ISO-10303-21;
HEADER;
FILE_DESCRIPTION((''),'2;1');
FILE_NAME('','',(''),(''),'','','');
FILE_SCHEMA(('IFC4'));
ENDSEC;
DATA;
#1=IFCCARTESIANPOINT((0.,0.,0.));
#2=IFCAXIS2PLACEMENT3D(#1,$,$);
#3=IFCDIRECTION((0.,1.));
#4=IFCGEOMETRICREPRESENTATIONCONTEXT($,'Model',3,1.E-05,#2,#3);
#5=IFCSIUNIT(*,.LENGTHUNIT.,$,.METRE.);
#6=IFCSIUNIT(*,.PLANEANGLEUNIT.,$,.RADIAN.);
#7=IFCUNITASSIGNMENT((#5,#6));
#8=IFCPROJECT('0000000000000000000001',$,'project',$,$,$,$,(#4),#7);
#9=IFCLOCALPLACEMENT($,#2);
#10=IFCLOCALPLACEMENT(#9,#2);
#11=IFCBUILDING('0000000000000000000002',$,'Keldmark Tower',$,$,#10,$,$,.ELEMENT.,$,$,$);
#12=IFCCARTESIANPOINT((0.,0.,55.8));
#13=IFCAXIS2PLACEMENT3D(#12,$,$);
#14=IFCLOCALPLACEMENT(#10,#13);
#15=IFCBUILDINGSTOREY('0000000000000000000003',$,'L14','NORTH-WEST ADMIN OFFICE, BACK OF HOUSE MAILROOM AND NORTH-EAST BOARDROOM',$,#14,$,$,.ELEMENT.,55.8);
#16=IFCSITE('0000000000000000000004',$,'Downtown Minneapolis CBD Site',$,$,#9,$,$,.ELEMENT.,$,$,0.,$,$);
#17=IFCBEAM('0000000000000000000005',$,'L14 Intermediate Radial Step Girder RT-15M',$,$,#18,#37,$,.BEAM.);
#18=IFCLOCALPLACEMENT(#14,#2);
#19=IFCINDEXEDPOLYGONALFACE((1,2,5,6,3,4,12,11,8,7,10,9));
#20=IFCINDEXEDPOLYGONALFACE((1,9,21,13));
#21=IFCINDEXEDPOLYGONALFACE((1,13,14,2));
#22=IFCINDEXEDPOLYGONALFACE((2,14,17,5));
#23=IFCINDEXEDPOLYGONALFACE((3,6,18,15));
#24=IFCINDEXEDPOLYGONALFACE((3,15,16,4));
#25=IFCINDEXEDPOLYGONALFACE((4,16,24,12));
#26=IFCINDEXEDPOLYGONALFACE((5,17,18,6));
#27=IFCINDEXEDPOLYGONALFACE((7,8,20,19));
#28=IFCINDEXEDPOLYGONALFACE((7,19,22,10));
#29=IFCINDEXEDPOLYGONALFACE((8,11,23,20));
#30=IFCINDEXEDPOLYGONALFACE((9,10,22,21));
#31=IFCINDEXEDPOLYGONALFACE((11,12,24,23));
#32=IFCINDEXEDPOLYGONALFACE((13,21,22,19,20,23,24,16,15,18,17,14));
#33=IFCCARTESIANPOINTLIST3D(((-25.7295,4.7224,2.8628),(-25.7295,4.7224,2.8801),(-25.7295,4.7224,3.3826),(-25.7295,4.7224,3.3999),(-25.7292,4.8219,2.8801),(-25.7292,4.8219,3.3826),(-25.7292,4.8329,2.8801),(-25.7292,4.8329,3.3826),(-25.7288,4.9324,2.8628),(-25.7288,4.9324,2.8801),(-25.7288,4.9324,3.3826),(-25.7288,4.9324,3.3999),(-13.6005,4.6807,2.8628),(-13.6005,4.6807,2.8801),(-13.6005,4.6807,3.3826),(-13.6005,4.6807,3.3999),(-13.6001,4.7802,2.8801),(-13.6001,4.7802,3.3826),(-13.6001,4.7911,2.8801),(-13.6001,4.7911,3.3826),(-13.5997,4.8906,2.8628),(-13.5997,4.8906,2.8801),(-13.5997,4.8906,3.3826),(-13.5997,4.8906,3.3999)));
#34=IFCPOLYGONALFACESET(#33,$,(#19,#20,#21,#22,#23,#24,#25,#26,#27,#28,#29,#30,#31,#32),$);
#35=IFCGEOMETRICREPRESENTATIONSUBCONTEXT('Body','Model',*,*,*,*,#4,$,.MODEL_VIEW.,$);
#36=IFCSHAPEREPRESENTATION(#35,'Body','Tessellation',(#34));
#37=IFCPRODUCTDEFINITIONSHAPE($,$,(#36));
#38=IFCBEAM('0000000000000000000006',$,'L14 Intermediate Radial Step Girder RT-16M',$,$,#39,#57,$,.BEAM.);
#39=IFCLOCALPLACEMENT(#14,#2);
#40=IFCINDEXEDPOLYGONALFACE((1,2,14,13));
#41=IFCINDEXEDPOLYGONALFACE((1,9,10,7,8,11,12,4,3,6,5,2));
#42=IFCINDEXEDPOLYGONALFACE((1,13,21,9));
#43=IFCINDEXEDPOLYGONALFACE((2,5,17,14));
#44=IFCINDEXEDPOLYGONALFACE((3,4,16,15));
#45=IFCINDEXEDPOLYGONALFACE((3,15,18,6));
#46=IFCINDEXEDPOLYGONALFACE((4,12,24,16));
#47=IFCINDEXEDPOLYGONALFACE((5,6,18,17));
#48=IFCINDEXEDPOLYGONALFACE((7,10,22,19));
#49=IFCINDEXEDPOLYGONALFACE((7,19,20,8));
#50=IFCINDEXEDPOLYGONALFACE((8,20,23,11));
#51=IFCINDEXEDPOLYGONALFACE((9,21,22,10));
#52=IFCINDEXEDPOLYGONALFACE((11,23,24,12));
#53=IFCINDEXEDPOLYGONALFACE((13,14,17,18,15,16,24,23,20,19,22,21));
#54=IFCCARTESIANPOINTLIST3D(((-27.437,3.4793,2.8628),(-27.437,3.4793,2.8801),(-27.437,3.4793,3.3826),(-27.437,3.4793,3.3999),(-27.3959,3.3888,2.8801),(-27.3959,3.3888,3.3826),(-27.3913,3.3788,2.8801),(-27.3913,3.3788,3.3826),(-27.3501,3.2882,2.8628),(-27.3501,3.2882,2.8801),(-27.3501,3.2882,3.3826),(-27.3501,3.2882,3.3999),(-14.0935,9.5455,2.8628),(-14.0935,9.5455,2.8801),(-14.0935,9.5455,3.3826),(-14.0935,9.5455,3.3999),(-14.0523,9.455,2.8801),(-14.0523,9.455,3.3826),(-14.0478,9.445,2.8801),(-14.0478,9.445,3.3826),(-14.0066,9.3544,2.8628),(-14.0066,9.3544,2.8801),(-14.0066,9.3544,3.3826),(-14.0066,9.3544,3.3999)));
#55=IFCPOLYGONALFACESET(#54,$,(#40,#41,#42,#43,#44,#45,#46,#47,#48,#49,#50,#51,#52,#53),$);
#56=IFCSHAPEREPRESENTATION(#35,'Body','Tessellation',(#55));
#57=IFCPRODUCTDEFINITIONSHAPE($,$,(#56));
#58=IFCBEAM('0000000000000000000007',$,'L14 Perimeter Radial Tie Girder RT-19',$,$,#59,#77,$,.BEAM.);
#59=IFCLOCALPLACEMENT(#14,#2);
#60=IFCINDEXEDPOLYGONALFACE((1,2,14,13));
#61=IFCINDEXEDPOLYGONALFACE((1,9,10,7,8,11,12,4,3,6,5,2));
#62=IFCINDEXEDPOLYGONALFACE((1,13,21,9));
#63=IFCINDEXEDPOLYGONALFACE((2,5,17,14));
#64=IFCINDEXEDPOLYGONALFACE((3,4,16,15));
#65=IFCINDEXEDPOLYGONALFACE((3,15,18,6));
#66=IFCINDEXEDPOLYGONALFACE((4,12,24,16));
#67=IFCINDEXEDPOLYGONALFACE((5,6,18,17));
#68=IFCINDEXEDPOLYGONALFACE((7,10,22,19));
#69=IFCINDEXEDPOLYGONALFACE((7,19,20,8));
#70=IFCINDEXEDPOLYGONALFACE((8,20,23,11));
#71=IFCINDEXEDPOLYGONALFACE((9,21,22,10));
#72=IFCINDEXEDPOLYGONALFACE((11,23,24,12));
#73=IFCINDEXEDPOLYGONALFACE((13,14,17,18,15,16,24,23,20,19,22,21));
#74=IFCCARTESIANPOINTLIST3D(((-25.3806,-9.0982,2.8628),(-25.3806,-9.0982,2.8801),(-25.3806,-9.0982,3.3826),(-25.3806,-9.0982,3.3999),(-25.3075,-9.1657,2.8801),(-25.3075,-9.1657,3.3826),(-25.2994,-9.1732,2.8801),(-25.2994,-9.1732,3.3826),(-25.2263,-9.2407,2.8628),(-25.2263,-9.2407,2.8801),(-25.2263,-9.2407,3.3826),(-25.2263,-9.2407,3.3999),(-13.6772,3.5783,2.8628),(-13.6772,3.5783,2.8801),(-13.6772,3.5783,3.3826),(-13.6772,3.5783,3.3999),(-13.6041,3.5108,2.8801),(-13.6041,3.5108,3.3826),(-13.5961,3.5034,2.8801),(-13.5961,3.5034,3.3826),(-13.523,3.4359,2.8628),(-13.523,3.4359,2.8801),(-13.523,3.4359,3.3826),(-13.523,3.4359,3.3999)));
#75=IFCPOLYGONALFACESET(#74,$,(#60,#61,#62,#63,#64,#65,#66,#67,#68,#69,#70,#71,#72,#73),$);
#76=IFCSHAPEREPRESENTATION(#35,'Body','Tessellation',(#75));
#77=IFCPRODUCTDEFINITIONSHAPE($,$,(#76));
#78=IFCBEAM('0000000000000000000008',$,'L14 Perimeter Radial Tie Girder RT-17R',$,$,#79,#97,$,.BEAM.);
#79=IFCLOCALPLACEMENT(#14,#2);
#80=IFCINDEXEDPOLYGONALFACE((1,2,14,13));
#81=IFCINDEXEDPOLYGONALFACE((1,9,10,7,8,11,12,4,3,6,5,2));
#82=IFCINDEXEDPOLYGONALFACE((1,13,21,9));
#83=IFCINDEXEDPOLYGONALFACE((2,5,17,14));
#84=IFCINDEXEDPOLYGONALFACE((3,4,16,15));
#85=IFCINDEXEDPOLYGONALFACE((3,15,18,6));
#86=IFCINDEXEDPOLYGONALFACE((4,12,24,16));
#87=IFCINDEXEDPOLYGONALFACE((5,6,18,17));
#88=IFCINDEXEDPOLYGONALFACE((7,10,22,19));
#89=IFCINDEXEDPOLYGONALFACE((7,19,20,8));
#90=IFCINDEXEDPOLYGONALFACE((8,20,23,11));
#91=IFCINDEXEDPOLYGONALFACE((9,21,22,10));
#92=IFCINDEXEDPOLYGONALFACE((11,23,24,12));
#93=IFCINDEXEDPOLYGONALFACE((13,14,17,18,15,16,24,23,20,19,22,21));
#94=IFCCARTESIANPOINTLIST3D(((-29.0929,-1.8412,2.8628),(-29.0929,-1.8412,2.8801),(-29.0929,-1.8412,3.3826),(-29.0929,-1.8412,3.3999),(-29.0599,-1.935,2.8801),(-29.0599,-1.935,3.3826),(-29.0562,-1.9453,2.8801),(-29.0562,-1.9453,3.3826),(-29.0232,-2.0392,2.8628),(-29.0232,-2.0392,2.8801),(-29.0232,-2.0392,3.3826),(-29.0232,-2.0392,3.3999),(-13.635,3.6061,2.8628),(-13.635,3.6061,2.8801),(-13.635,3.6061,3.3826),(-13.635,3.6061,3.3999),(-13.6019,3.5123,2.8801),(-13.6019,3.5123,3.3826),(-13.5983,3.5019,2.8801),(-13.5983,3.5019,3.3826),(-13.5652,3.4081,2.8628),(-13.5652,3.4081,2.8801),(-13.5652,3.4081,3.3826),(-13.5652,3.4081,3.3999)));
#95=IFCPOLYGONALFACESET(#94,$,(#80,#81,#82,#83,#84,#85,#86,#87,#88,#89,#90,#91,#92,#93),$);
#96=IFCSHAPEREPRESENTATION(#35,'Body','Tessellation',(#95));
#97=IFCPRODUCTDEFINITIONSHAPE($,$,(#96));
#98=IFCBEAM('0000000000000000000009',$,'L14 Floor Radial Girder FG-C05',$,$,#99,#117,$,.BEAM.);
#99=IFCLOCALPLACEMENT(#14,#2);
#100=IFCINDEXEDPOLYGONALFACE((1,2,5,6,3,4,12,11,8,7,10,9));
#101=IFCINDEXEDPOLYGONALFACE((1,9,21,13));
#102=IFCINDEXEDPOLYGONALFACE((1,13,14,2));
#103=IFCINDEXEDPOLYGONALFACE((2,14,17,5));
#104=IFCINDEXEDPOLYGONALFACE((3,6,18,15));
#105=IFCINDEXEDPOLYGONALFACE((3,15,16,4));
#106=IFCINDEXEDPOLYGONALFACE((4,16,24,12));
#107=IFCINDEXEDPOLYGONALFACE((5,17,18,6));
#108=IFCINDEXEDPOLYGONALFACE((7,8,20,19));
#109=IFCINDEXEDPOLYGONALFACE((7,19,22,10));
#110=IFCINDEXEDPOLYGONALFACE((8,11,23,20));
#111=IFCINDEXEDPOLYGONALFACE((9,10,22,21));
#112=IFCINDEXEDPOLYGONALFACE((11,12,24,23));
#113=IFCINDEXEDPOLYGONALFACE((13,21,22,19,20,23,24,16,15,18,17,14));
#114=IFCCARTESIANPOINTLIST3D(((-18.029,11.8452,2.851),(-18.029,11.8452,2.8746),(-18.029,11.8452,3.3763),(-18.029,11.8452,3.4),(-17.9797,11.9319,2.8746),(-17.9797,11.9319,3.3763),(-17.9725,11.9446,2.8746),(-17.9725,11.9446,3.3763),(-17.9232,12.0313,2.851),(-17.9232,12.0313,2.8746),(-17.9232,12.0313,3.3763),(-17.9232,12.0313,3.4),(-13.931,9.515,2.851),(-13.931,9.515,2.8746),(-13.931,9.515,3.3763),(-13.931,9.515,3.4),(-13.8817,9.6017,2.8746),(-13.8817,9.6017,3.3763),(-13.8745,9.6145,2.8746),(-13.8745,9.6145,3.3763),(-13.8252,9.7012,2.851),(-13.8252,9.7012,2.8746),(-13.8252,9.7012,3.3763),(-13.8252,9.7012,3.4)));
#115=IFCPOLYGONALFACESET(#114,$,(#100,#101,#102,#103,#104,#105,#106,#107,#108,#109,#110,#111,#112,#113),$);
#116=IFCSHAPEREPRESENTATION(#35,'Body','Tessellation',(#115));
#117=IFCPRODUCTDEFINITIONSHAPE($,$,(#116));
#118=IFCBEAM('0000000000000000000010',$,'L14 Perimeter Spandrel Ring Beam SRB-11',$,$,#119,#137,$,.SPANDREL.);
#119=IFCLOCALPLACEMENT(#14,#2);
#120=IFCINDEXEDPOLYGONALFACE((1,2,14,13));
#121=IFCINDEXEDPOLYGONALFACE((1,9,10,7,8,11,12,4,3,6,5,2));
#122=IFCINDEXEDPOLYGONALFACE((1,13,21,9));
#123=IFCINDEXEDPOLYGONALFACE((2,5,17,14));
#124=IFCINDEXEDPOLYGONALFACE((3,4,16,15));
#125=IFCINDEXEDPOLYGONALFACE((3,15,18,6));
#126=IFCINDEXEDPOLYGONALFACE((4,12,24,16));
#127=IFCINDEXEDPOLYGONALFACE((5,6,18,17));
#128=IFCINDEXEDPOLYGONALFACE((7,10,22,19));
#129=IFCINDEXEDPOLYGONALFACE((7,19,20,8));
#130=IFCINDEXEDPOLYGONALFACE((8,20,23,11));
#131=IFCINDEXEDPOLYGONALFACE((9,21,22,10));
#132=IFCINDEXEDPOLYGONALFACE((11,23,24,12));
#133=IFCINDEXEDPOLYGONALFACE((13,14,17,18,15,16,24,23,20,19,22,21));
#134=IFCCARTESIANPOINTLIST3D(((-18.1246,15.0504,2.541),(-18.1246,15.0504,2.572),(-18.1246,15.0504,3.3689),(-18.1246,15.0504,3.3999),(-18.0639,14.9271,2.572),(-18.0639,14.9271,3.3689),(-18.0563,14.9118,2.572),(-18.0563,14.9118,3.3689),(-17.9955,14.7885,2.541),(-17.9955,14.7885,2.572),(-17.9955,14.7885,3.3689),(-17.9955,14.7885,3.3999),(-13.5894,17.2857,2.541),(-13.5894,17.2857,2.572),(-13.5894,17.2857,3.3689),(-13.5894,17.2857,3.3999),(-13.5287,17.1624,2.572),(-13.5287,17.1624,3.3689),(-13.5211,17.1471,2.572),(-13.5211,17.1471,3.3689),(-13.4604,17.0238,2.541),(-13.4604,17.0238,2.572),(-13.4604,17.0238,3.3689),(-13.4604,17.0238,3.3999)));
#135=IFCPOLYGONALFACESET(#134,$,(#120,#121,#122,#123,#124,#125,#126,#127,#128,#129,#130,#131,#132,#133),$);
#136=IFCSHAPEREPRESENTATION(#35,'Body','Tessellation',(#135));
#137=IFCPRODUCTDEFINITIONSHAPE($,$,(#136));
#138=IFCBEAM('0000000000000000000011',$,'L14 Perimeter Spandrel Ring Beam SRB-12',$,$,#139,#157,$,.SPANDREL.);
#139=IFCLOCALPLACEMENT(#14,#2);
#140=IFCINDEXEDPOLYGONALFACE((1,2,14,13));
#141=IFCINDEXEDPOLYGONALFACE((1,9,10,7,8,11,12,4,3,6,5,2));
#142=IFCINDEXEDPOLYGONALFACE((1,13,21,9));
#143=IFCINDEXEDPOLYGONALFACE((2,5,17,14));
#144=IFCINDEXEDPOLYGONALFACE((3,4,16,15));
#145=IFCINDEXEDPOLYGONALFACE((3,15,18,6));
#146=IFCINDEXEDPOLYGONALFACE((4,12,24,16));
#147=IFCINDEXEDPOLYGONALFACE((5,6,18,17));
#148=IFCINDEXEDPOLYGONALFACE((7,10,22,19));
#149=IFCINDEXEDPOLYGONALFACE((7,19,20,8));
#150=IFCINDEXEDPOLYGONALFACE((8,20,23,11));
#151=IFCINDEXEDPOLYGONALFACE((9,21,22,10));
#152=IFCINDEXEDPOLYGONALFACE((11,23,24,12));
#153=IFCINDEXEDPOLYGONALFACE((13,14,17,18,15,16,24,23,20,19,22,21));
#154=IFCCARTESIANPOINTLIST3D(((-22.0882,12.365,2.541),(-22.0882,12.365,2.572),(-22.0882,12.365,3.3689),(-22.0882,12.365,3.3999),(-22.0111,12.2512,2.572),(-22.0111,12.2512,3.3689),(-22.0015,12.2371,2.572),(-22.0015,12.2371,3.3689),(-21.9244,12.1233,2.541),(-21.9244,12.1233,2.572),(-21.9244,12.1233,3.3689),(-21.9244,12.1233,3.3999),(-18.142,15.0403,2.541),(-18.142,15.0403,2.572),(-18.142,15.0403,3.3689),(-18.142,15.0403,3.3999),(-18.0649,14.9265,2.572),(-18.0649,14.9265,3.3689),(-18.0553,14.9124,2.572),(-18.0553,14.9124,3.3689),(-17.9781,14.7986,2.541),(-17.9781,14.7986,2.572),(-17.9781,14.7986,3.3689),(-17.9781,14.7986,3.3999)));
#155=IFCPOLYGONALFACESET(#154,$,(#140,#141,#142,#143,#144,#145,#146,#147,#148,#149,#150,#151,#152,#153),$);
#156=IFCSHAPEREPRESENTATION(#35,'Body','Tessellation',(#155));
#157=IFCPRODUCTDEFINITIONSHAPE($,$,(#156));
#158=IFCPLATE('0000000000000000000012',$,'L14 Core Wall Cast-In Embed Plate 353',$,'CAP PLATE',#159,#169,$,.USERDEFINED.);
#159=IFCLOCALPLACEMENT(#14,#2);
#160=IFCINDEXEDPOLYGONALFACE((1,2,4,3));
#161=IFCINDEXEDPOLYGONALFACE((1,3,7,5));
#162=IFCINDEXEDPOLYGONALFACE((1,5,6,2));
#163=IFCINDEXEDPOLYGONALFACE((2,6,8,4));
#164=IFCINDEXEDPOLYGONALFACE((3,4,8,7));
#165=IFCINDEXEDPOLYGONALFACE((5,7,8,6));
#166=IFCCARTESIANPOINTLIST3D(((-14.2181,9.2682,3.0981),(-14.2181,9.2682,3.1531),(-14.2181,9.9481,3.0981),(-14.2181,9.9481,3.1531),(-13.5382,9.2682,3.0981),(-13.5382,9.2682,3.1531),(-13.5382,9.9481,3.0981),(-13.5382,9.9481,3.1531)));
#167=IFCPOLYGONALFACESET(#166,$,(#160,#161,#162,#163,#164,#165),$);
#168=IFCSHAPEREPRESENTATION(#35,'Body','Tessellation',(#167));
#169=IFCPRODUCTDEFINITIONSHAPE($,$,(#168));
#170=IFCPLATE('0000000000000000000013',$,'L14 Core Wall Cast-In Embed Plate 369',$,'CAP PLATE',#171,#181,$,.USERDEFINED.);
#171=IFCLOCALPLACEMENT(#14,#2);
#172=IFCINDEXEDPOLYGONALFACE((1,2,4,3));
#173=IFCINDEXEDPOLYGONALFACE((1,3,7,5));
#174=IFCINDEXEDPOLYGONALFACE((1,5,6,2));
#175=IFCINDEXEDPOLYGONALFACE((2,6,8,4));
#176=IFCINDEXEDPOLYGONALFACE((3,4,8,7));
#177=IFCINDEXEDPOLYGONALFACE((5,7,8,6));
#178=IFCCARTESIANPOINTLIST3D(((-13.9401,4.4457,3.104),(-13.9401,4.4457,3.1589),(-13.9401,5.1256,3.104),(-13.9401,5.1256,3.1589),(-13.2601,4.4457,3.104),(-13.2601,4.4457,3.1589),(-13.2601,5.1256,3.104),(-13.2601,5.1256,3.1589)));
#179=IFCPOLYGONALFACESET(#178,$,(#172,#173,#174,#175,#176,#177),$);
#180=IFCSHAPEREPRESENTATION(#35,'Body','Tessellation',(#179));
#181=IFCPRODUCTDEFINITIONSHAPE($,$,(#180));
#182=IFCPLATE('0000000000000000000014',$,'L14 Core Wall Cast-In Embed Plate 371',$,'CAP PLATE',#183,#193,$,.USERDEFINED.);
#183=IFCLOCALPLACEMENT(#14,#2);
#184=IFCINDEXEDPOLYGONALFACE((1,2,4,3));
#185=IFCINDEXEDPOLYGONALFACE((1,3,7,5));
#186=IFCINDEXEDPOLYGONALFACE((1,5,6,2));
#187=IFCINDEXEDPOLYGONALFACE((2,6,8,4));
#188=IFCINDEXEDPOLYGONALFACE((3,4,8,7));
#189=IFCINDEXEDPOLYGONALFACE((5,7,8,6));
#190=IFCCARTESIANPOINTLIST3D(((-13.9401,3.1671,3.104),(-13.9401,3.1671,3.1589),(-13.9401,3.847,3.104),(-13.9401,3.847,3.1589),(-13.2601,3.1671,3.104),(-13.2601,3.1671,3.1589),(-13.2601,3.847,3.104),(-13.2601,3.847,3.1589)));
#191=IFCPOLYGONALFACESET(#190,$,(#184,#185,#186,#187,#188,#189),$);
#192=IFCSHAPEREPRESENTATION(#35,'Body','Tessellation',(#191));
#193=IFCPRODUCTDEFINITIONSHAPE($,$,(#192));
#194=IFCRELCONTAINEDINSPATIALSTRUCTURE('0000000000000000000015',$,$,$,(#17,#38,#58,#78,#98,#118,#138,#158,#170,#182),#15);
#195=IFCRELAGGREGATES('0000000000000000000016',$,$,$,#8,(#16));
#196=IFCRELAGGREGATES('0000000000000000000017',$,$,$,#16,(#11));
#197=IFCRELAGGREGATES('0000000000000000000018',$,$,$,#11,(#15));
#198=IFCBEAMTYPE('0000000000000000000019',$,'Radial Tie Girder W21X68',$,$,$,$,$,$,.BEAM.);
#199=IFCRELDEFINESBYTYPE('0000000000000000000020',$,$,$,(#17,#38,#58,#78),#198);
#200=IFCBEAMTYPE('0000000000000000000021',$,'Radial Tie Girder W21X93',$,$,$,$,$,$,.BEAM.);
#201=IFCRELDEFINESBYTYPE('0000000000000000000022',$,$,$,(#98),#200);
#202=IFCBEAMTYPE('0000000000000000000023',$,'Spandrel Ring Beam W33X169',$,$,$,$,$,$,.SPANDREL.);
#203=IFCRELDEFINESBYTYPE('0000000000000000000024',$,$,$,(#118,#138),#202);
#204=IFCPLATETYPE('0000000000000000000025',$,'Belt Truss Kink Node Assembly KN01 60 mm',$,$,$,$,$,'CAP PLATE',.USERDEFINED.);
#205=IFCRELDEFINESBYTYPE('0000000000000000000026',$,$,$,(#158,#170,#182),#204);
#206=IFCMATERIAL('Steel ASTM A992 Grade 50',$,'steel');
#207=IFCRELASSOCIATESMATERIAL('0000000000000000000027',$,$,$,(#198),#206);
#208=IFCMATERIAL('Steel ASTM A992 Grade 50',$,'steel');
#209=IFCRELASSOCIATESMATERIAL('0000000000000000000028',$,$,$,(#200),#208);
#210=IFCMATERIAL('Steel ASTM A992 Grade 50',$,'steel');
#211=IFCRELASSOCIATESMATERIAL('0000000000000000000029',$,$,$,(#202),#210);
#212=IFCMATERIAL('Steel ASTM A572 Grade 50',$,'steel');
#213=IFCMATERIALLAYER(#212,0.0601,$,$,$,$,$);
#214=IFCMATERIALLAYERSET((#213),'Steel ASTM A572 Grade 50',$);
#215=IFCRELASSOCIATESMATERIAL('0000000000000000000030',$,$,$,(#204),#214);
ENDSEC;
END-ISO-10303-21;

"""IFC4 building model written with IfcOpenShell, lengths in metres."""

from ifc_helpers import new_model, si_unit, direction, frame, origin, origin_2d, place, context, subcontext, project, spatial, rectangle, i_section, extrude, material, layer, layer_set, material_profile, profile_set, type_object, element, save


model = new_model("IFC4")

# Units and contexts
model_context = context("Model", 3, precision=1e-05, world=origin(), true_north=direction((0.0, 1.0)))
body_context = subcontext(model_context, "Body", "Model", "MODEL_VIEW")
ifc_project = project(units=[si_unit("LENGTHUNIT", "METRE"), si_unit("PLANEANGLEUNIT", "RADIAN")], contexts=[model_context])

# Site, building, storey
site_placement = place(None, origin())
site = spatial("IfcSite", under=ifc_project, at=site_placement, Name="Downtown Minneapolis CBD Site", CompositionType="ELEMENT", RefElevation=0.0)
building_placement = place(site_placement, origin())
building = spatial("IfcBuilding", under=site, at=building_placement, Name="Keldmark Tower", CompositionType="ELEMENT")
storey_placement = place(building_placement, frame((0.0, 0.0, 55.8)))
storey = spatial("IfcBuildingStorey", under=building, at=storey_placement, Name="L14", Description="NORTH-WEST ADMIN OFFICE, BACK OF HOUSE MAILROOM AND NORTH-EAST BOARDROOM", CompositionType="ELEMENT", Elevation=55.8)

# Beams
ifc_material_1 = material(Name="Steel ASTM A992 Grade 50", Category="steel")
ifc_material_profile_1 = material_profile(ifc_material_1, i_section(OverallWidth=0.21, OverallDepth=0.5371, WebThickness=0.011, FlangeThickness=0.0173, at=origin_2d()), Name="W21X68")
ifc_profile_set_1 = profile_set([ifc_material_profile_1], Name="Steel ASTM A992 Grade 50")
beam_type_1 = type_object("IfcBeamType", Name="Radial Tie Girder W21X68", PredefinedType="BEAM", material=ifc_profile_set_1)
beam_1_placement = place(storey_placement, frame((-13.6001, 4.7856, 3.1313), z_axis=(-0.999994, 0.003442, 0.0), x_axis=(-0.003442, -0.999994, 0.0)))
element("IfcBeam", 1, at=beam_1_placement, inside=storey, type_object=beam_type_1, Name="L14 Intermediate Radial Step Girder RT-15M", PredefinedType="BEAM", context=body_context, shape_type="SweptSolid", body=[
    extrude(i_section(OverallWidth=0.21, OverallDepth=0.5371, WebThickness=0.011, FlangeThickness=0.0173, at=origin_2d()), origin(), (0.0, 0.0, 1.0), 12.1292),
])
beam_2_placement = place(storey_placement, frame((-14.05, 9.45, 3.1313), z_axis=(-0.910343, -0.413856, 0.0), x_axis=(0.413856, -0.910343, 0.0)))
element("IfcBeam", 2, at=beam_2_placement, inside=storey, type_object=beam_type_1, Name="L14 Intermediate Radial Step Girder RT-16M", PredefinedType="BEAM", context=body_context, shape_type="SweptSolid", body=[
    extrude(i_section(OverallWidth=0.21, OverallDepth=0.5371, WebThickness=0.011, FlangeThickness=0.0173, at=origin_2d()), origin(), (0.0, 0.0, 1.0), 14.6577),
])
beam_3_placement = place(storey_placement, frame((-13.6001, 3.5071, 3.1313), z_axis=(-0.678342, -0.734746, 0.0), x_axis=(0.734746, -0.678342, 0.0)))
element("IfcBeam", 3, at=beam_3_placement, inside=storey, type_object=beam_type_1, Name="L14 Perimeter Radial Tie Girder RT-19", PredefinedType="BEAM", context=body_context, shape_type="SweptSolid", body=[
    extrude(i_section(OverallWidth=0.21, OverallDepth=0.5371, WebThickness=0.011, FlangeThickness=0.0173, at=origin_2d()), origin(), (0.0, 0.0, 1.0), 17.2529),
])
beam_4_placement = place(storey_placement, frame((-13.6001, 3.5071, 3.1313), z_axis=(-0.943153, -0.332359, 0.0), x_axis=(0.332359, -0.943153, 0.0)))
element("IfcBeam", 4, at=beam_4_placement, inside=storey, type_object=beam_type_1, Name="L14 Perimeter Radial Tie Girder RT-17R", PredefinedType="BEAM", context=body_context, shape_type="SweptSolid", body=[
    extrude(i_section(OverallWidth=0.21, OverallDepth=0.5371, WebThickness=0.011, FlangeThickness=0.0173, at=origin_2d()), origin(), (0.0, 0.0, 1.0), 16.3896),
])
ifc_material_2 = material(Name="Steel ASTM A992 Grade 50", Category="steel")
ifc_material_profile_2 = material_profile(ifc_material_2, i_section(OverallWidth=0.2141, OverallDepth=0.5491, WebThickness=0.0146, FlangeThickness=0.0237, at=origin_2d()), Name="W21X93")
ifc_profile_set_2 = profile_set([ifc_material_profile_2], Name="Steel ASTM A992 Grade 50")
beam_type_2 = type_object("IfcBeamType", Name="Radial Tie Girder W21X93", PredefinedType="BEAM", material=ifc_profile_set_2)
beam_5_placement = place(storey_placement, frame((-17.9761, 11.9382, 3.1255), z_axis=(0.869299, -0.494286, 0.0), x_axis=(0.494286, 0.869299, 0.0)))
element("IfcBeam", 5, at=beam_5_placement, inside=storey, type_object=beam_type_2, Name="L14 Floor Radial Girder FG-C05", PredefinedType="BEAM", context=body_context, shape_type="SweptSolid", body=[
    extrude(i_section(OverallWidth=0.2141, OverallDepth=0.5491, WebThickness=0.0146, FlangeThickness=0.0237, at=origin_2d()), origin(), (0.0, 0.0, 1.0), 4.7141),
])
ifc_material_3 = material(Name="Steel ASTM A992 Grade 50", Category="steel")
ifc_material_profile_3 = material_profile(ifc_material_3, i_section(OverallWidth=0.292, OverallDepth=0.8589, WebThickness=0.0171, FlangeThickness=0.031, at=origin_2d()), Name="W33X169")
ifc_profile_set_3 = profile_set([ifc_material_profile_3], Name="Steel ASTM A992 Grade 50")
beam_type_3 = type_object("IfcBeamType", Name="Spandrel Ring Beam W33X169", PredefinedType="SPANDREL", material=ifc_profile_set_3)
beam_6_placement = place(storey_placement, frame((-13.5249, 17.1548, 2.9705), z_axis=(-0.896962, -0.442107, 0.0), x_axis=(0.442107, -0.896962, 0.0)))
element("IfcBeam", 6, at=beam_6_placement, inside=storey, type_object=beam_type_3, Name="L14 Perimeter Spandrel Ring Beam SRB-11", PredefinedType="SPANDREL", context=body_context, shape_type="SweptSolid", body=[
    extrude(i_section(OverallWidth=0.292, OverallDepth=0.8589, WebThickness=0.0171, FlangeThickness=0.031, at=origin_2d()), origin(), (0.0, 0.0, 1.0), 5.0562),
])
beam_7_placement = place(storey_placement, frame((-18.0601, 14.9194, 2.9705), z_axis=(-0.827724, -0.561136, 0.0), x_axis=(0.561136, -0.827724, 0.0)))
element("IfcBeam", 7, at=beam_7_placement, inside=storey, type_object=beam_type_3, Name="L14 Perimeter Spandrel Ring Beam SRB-12", PredefinedType="SPANDREL", context=body_context, shape_type="SweptSolid", body=[
    extrude(i_section(OverallWidth=0.292, OverallDepth=0.8589, WebThickness=0.0171, FlangeThickness=0.031, at=origin_2d()), origin(), (0.0, 0.0, 1.0), 4.7676),
])

# Plates
ifc_material_4 = material(Name="Steel ASTM A572 Grade 50", Category="steel")
ifc_layer_1 = layer(ifc_material_4, 0.0601)
ifc_layer_set_1 = layer_set([ifc_layer_1], Name="Steel ASTM A572 Grade 50")
plate_type_1 = type_object("IfcPlateType", Name="Belt Truss Kink Node Assembly KN01 60 mm", ElementType="CAP PLATE", PredefinedType="USERDEFINED", material=ifc_layer_set_1)
for number, where, z_axis, x_axis, name in (
    (8, (-13.8782, 9.6082, 3.0981), (0.0, 0.0, 1.0), (1.0, 0.0, 0.0), "L14 Core Wall Cast-In Embed Plate 353"),
    (9, (-13.6001, 4.7856, 3.104), (0.0, 0.0, 1.0), (1.0, 0.0, 0.0), "L14 Core Wall Cast-In Embed Plate 369"),
    (10, (-13.6001, 3.5071, 3.104), (0.0, 0.0, 1.0), (1.0, 0.0, 0.0), "L14 Core Wall Cast-In Embed Plate 371"),
):
    element("IfcPlate", number, at=place(storey_placement, frame(where, z_axis=z_axis, x_axis=x_axis)), inside=storey, type_object=plate_type_1, Name=name, ObjectType="CAP PLATE", PredefinedType="USERDEFINED", context=body_context, shape_type="SweptSolid", body=[
        extrude(rectangle(XDim=0.6799, YDim=0.6799, at=origin_2d()), origin(), (0.0, 0.0, 1.0), 0.0549),
    ])

save(model, "model.ifc")
